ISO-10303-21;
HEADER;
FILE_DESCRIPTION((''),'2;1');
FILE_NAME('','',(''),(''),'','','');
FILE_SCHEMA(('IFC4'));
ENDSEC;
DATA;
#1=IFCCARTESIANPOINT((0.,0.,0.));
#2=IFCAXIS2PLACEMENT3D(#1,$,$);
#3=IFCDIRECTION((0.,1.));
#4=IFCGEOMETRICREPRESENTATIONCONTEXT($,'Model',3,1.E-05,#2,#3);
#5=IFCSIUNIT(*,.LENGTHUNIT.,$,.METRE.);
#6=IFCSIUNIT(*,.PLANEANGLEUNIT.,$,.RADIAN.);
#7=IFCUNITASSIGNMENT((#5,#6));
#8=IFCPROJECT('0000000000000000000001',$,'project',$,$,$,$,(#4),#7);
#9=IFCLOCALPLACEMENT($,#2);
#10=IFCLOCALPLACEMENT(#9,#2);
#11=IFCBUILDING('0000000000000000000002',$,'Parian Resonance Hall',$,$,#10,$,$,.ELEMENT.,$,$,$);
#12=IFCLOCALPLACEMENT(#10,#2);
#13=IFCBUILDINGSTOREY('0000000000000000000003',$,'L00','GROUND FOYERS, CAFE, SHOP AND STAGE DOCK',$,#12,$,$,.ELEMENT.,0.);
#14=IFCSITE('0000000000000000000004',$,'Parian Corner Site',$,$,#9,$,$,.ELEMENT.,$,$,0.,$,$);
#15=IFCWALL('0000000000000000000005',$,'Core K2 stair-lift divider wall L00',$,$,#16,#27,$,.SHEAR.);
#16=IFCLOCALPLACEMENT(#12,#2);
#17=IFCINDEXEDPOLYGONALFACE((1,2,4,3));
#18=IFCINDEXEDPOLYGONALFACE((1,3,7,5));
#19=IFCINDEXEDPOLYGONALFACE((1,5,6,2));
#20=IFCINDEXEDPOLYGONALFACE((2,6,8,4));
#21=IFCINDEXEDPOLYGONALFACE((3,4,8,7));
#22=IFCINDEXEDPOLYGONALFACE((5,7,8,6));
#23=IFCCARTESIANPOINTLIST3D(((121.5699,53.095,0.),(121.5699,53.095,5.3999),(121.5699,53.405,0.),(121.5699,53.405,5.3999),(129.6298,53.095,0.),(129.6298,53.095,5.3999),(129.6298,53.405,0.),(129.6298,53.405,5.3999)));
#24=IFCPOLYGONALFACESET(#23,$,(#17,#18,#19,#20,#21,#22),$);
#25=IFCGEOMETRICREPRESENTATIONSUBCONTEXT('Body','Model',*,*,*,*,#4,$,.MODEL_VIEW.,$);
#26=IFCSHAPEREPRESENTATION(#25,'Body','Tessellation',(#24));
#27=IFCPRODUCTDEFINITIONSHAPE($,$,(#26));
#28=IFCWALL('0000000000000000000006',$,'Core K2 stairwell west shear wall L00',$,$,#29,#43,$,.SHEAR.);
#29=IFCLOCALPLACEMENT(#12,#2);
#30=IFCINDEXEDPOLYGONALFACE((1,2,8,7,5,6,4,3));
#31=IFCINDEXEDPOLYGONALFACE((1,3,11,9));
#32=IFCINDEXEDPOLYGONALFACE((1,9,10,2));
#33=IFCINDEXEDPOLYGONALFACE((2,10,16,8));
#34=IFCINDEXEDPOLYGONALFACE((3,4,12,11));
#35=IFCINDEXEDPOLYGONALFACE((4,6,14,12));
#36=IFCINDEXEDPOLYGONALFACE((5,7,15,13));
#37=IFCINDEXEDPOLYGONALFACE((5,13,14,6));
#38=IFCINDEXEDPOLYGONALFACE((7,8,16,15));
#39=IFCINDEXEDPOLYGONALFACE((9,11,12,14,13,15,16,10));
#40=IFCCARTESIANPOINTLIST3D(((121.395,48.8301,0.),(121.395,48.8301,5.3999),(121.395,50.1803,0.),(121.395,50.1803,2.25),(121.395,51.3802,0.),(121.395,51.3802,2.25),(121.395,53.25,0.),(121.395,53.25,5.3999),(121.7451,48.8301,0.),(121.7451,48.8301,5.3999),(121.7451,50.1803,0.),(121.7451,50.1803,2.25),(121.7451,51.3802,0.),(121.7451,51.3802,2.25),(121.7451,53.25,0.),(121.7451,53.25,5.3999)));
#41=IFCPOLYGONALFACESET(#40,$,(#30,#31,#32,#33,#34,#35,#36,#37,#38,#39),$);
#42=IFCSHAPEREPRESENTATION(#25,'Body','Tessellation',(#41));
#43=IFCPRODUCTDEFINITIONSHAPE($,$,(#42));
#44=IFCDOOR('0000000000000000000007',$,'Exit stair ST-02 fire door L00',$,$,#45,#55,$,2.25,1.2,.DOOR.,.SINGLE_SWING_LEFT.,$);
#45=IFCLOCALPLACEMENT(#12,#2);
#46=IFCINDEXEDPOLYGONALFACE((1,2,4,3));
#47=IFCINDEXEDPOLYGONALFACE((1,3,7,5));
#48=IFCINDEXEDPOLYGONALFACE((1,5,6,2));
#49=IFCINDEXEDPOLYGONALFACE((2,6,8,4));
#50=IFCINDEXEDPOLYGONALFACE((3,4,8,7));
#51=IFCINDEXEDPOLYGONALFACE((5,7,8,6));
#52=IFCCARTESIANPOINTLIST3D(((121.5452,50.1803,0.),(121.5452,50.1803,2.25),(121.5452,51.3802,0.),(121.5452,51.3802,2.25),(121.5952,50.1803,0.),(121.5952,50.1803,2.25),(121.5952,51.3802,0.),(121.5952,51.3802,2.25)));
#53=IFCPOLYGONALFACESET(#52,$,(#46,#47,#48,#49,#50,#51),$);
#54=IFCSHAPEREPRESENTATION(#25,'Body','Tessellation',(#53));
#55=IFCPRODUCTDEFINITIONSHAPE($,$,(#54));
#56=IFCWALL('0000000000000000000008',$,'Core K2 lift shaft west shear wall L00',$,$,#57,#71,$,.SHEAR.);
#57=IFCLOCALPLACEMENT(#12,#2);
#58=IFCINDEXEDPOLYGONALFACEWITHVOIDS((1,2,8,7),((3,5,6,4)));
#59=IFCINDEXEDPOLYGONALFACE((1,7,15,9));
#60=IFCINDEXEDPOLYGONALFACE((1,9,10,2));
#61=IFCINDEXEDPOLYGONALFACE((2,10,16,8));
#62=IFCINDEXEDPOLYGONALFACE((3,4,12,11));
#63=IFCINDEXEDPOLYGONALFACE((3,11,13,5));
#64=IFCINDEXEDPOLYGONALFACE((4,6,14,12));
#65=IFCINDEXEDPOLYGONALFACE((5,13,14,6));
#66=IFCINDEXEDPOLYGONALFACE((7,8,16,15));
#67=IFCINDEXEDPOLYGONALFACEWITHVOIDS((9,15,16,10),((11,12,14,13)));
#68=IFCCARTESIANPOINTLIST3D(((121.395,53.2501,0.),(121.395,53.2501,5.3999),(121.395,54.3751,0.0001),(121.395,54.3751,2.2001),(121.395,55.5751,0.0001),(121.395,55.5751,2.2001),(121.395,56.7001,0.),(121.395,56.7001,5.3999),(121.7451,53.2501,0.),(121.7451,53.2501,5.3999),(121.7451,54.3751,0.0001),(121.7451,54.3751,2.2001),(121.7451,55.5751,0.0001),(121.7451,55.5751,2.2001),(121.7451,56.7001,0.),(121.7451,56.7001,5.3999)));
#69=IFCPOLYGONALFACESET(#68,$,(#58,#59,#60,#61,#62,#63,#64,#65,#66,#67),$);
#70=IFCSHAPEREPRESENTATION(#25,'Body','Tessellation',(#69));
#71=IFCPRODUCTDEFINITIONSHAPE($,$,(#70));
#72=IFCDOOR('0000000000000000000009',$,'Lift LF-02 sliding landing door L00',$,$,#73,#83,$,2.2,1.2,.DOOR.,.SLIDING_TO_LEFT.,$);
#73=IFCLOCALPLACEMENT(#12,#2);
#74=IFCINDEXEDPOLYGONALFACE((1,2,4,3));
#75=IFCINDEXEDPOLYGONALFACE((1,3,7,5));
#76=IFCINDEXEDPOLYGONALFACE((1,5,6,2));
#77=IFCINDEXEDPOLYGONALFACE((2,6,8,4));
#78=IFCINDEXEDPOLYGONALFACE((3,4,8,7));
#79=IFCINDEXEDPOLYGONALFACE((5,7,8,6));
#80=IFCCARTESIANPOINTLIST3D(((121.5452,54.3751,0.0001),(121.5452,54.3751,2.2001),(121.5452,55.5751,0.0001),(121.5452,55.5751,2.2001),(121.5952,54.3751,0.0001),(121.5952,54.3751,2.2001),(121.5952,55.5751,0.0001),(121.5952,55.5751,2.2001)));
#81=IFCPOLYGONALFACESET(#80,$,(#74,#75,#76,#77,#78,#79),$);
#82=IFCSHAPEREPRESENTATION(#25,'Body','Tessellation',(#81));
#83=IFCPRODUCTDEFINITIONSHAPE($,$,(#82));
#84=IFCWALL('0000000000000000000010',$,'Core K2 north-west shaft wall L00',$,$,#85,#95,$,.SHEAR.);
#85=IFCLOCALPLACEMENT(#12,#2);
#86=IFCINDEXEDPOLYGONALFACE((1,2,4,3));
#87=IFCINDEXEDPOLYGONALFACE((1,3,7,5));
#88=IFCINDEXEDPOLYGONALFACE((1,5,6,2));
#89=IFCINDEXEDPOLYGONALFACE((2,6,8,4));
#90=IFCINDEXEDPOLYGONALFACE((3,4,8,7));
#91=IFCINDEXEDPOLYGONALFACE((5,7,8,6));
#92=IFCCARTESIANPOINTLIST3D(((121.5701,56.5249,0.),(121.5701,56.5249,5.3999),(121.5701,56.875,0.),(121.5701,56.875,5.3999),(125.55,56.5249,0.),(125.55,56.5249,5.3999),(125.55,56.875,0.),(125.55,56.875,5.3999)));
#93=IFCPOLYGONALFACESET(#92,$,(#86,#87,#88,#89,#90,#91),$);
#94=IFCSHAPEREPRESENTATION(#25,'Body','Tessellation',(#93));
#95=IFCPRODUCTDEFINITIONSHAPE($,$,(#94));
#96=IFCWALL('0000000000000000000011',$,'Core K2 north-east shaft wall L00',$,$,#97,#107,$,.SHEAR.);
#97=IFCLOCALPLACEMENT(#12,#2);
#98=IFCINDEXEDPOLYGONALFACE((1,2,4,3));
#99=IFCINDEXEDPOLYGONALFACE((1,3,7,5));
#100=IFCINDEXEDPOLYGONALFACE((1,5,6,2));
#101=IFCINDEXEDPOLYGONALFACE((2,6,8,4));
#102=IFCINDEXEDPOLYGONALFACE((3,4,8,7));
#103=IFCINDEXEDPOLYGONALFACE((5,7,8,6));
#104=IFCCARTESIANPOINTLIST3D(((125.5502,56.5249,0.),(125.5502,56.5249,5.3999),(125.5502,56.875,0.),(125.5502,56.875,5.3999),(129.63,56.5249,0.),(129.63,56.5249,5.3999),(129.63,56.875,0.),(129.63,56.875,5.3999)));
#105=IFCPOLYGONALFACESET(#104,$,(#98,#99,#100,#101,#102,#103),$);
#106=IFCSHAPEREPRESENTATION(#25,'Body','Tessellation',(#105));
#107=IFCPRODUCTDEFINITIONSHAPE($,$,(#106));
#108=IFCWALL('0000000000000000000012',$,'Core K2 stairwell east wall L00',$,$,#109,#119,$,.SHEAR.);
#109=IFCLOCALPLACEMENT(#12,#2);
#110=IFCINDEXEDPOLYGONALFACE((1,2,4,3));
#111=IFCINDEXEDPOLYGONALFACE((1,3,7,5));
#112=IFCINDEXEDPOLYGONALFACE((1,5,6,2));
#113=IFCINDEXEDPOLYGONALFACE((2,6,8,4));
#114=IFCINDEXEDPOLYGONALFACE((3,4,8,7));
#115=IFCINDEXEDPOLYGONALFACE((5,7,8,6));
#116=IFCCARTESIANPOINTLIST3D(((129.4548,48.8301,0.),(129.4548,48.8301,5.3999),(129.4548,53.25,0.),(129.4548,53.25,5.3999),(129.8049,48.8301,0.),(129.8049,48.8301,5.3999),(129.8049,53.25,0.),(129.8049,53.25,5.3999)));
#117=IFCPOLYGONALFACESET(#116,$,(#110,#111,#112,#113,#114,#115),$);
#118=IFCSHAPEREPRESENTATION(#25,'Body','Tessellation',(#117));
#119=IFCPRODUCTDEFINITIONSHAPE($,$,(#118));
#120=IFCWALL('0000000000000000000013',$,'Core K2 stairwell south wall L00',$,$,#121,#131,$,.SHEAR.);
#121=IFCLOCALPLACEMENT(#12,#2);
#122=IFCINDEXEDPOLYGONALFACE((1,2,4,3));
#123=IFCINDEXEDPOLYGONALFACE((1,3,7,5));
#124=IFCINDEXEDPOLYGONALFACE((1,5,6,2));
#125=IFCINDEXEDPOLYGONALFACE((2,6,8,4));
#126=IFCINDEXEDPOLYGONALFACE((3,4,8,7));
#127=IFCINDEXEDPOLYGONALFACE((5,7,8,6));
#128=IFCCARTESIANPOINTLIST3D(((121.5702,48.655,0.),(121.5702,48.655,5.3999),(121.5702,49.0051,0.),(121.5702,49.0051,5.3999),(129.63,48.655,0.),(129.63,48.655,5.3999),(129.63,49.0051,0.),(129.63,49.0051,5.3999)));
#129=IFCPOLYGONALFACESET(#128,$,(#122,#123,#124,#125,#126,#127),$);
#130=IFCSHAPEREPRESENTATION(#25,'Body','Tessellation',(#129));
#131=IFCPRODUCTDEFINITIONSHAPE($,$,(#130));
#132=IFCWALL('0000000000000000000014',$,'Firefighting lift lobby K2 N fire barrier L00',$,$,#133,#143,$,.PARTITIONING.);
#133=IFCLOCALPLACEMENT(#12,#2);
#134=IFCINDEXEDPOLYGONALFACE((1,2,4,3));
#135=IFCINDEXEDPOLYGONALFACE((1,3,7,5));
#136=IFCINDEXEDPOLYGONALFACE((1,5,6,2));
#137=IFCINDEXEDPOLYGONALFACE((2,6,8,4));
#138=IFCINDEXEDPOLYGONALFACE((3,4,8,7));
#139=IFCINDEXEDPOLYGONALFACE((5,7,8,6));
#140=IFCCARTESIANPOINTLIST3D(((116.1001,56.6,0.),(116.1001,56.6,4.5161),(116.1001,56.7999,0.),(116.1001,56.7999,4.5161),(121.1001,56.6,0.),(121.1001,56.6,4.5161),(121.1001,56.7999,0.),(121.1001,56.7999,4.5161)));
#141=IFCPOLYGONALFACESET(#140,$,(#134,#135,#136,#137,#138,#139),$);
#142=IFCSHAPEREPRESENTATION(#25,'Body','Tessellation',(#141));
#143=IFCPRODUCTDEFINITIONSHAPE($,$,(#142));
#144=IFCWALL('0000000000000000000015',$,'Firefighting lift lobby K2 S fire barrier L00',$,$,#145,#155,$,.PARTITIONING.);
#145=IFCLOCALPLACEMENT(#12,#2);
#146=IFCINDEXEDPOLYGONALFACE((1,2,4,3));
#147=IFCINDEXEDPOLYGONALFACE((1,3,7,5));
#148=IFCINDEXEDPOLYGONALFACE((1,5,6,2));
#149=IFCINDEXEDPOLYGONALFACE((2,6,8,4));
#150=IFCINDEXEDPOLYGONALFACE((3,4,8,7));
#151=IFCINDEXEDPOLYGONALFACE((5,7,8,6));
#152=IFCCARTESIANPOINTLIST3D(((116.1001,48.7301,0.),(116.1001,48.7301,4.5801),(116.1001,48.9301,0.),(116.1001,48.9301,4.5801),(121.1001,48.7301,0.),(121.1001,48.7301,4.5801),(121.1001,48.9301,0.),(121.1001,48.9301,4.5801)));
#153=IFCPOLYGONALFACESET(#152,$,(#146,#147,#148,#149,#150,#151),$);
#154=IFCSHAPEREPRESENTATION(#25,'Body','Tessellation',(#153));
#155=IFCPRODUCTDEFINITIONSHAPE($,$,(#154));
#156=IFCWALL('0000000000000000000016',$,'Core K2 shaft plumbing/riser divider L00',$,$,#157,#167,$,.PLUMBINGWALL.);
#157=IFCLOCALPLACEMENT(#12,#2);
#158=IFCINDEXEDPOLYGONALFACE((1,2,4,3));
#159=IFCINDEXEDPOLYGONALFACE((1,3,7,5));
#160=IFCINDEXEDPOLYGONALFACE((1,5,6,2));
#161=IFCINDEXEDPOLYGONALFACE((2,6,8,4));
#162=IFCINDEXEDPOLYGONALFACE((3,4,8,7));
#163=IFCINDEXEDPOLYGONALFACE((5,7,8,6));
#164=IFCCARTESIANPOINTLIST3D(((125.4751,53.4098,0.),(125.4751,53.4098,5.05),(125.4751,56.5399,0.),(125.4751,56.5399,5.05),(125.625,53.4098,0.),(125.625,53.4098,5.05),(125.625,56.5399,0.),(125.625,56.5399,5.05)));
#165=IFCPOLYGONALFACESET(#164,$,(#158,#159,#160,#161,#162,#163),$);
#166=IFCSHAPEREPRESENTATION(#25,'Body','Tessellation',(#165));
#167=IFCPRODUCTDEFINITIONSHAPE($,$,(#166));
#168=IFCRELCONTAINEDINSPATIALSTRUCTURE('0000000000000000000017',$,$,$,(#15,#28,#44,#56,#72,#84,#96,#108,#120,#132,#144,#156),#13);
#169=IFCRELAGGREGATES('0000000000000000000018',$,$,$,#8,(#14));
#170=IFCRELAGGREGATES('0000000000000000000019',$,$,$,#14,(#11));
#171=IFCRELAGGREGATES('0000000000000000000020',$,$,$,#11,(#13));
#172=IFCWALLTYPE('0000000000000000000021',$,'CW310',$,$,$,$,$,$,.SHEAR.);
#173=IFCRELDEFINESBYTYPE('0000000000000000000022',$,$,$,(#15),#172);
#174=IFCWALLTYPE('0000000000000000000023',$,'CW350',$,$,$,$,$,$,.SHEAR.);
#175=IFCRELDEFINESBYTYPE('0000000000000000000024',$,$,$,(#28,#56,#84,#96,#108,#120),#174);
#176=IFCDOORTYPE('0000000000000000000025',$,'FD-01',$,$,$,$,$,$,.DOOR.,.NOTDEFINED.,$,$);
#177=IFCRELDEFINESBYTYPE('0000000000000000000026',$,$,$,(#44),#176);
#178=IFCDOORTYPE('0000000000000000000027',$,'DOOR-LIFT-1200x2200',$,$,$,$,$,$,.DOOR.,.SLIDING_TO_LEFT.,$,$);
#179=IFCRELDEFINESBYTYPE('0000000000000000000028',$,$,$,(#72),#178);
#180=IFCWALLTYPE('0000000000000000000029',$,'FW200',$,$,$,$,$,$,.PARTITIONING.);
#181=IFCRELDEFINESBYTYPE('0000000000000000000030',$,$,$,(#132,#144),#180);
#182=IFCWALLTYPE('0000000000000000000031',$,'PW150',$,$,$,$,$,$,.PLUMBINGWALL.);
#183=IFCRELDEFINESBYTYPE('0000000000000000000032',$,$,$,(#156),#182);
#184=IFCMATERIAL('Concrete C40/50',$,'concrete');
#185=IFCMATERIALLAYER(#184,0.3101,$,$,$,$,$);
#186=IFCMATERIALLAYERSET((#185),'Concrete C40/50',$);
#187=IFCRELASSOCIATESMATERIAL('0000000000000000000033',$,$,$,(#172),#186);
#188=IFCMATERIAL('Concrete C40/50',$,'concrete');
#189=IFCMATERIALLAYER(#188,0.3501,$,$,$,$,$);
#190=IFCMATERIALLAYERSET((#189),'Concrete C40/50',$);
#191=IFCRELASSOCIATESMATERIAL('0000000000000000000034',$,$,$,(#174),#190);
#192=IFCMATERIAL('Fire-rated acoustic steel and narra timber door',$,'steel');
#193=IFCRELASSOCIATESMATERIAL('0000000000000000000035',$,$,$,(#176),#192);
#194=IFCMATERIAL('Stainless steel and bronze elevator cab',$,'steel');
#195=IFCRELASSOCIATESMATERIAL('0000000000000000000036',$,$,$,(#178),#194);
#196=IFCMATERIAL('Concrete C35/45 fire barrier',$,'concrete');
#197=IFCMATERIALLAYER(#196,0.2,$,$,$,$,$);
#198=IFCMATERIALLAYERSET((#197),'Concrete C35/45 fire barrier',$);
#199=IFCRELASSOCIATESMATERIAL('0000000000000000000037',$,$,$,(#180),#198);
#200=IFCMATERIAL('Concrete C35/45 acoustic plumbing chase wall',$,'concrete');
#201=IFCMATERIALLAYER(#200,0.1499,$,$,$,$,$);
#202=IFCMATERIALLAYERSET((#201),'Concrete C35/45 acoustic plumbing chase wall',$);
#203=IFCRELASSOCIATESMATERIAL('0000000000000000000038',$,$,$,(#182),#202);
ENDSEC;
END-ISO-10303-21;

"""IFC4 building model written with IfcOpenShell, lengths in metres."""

from ifc_helpers import new_model, si_unit, direction, frame, frame_2d, origin, place, context, subcontext, project, spatial, rectangle, extrude, material, layer, layer_set, type_object, element, fill, save


model = new_model("IFC4")

# Units and contexts
model_context = context("Model", 3, precision=1e-05, world=origin(), true_north=direction((0.0, 1.0)))
body_context = subcontext(model_context, "Body", "Model", "MODEL_VIEW")
ifc_project = project(units=[si_unit("LENGTHUNIT", "METRE"), si_unit("PLANEANGLEUNIT", "RADIAN")], contexts=[model_context])

# Site, building, storey
site_placement = place(None, origin())
site = spatial("IfcSite", under=ifc_project, at=site_placement, Name="Parian Corner Site", CompositionType="ELEMENT", RefElevation=0.0)
building_placement = place(site_placement, origin())
building = spatial("IfcBuilding", under=site, at=building_placement, Name="Parian Resonance Hall", CompositionType="ELEMENT")
storey_placement = place(building_placement, origin())
storey = spatial("IfcBuildingStorey", under=building, at=storey_placement, Name="L00", Description="GROUND FOYERS, CAFE, SHOP AND STAGE DOCK", CompositionType="ELEMENT", Elevation=0.0)

# Wall
ifc_material_1 = material(Name="Concrete C40/50", Category="concrete")
ifc_layer_1 = layer(ifc_material_1, 0.3101)
ifc_layer_set_1 = layer_set([ifc_layer_1], Name="Concrete C40/50")
wall_type_1 = type_object("IfcWallType", Name="CW310", PredefinedType="SHEAR", material=ifc_layer_set_1)
wall_1_placement = place(storey_placement, frame((121.5701, 53.25, 0.0), z_axis=(0.0, 0.0, 1.0), x_axis=(1.0, 0.0, 0.0)))
element("IfcWall", 1, at=wall_1_placement, inside=storey, type_object=wall_type_1, Name="Core K2 stair-lift divider wall L00", PredefinedType="SHEAR", context=body_context, shape_type="SweptSolid", body=[
    extrude(rectangle(XDim=8.0598, YDim=0.3101, at=frame_2d((4.0298, 0.0))), origin(), (0.0, 0.0, 1.0), 5.3999),
])

# Walls, openings, doors
ifc_material_2 = material(Name="Concrete C40/50", Category="concrete")
ifc_layer_2 = layer(ifc_material_2, 0.3501)
ifc_layer_set_2 = layer_set([ifc_layer_2], Name="Concrete C40/50")
wall_type_2 = type_object("IfcWallType", Name="CW350", PredefinedType="SHEAR", material=ifc_layer_set_2)
wall_2_placement = place(storey_placement, frame((121.5701, 48.8301, 0.0), z_axis=(0.0, 0.0, 1.0), x_axis=(0.0, 1.0, 0.0)))
wall_2 = element("IfcWall", 2, at=wall_2_placement, inside=storey, type_object=wall_type_2, Name="Core K2 stairwell west shear wall L00", PredefinedType="SHEAR", context=body_context, shape_type="SweptSolid", body=[
    extrude(rectangle(XDim=4.4199, YDim=0.3501, at=frame_2d((2.21, 0.0))), origin(), (0.0, 0.0, 1.0), 5.3999),
])
opening_1_placement = place(wall_2_placement, frame((1.3501, 0.0, 0.0)))
opening_1 = element("IfcOpeningElement", 3, at=opening_1_placement, cuts=wall_2, PredefinedType="OPENING", context=body_context, shape_type="SweptSolid", body=[
    extrude(rectangle(XDim=1.2, YDim=2.25, at=frame_2d((0.6001, 1.125))), frame((0.0, 0.1851, 0.0), z_axis=(0.0, -1.0, 0.0), x_axis=(1.0, 0.0, 0.0)), (0.0, 0.0, 1.0), 0.3701),
])
ifc_material_3 = material(Name="Fire-rated acoustic steel and narra timber door", Category="steel")
door_type_1 = type_object("IfcDoorType", Name="FD-01", OperationType="NOTDEFINED", PredefinedType="DOOR", material=ifc_material_3)
door_1_placement = place(opening_1_placement, origin())
door_1 = element("IfcDoor", 4, at=door_1_placement, inside=storey, type_object=door_type_1, Name="Exit stair ST-02 fire door L00", OperationType="SINGLE_SWING_LEFT", OverallHeight=2.25, OverallWidth=1.2, PredefinedType="DOOR", context=body_context, shape_type="SweptSolid", body=[
    extrude(rectangle(XDim=1.2, YDim=2.25, at=frame_2d((0.6001, 1.125))), frame((0.0, 0.0249, 0.0), z_axis=(0.0, -1.0, 0.0), x_axis=(1.0, 0.0, 0.0)), (0.0, 0.0, 1.0), 0.05),
])
fill(opening_1, door_1)
wall_3_placement = place(storey_placement, frame((121.5701, 53.25, 0.0), z_axis=(0.0, 0.0, 1.0), x_axis=(0.0, 1.0, 0.0)))
wall_3 = element("IfcWall", 5, at=wall_3_placement, inside=storey, type_object=wall_type_2, Name="Core K2 lift shaft west shear wall L00", PredefinedType="SHEAR", context=body_context, shape_type="SweptSolid", body=[
    extrude(rectangle(XDim=3.45, YDim=0.3501, at=frame_2d((1.7251, 0.0))), origin(), (0.0, 0.0, 1.0), 5.3999),
])
opening_2_placement = place(wall_3_placement, frame((1.125, 0.0, 0.0)))
opening_2 = element("IfcOpeningElement", 6, at=opening_2_placement, cuts=wall_3, PredefinedType="OPENING", context=body_context, shape_type="SweptSolid", body=[
    extrude(rectangle(XDim=1.2, YDim=2.2, at=frame_2d((0.6001, 1.1001))), frame((0.0, 0.1851, 0.0), z_axis=(0.0, -1.0, 0.0), x_axis=(1.0, 0.0, 0.0)), (0.0, 0.0, 1.0), 0.3701),
])
ifc_material_4 = material(Name="Stainless steel and bronze elevator cab", Category="steel")
door_type_2 = type_object("IfcDoorType", Name="DOOR-LIFT-1200x2200", OperationType="SLIDING_TO_LEFT", PredefinedType="DOOR", material=ifc_material_4)
door_2_placement = place(opening_2_placement, origin())
door_2 = element("IfcDoor", 7, at=door_2_placement, inside=storey, type_object=door_type_2, Name="Lift LF-02 sliding landing door L00", OperationType="SLIDING_TO_LEFT", OverallHeight=2.2, OverallWidth=1.2, PredefinedType="DOOR", context=body_context, shape_type="SweptSolid", body=[
    extrude(rectangle(XDim=1.2, YDim=2.2, at=frame_2d((0.6001, 1.1001))), frame((0.0, 0.0249, 0.0), z_axis=(0.0, -1.0, 0.0), x_axis=(1.0, 0.0, 0.0)), (0.0, 0.0, 1.0), 0.05),
])
fill(opening_2, door_2)

# Walls
wall_4_placement = place(storey_placement, frame((121.5701, 56.7, 0.0), z_axis=(0.0, 0.0, 1.0), x_axis=(1.0, 0.0, 0.0)))
element("IfcWall", 8, at=wall_4_placement, inside=storey, type_object=wall_type_2, Name="Core K2 north-west shaft wall L00", PredefinedType="SHEAR", context=body_context, shape_type="SweptSolid", body=[
    extrude(rectangle(XDim=3.98, YDim=0.3501, at=frame_2d((1.99, 0.0))), origin(), (0.0, 0.0, 1.0), 5.3999),
])
wall_5_placement = place(storey_placement, frame((125.55, 56.7, 0.0), z_axis=(0.0, 0.0, 1.0), x_axis=(1.0, 0.0, 0.0)))
element("IfcWall", 9, at=wall_5_placement, inside=storey, type_object=wall_type_2, Name="Core K2 north-east shaft wall L00", PredefinedType="SHEAR", context=body_context, shape_type="SweptSolid", body=[
    extrude(rectangle(XDim=4.0798, YDim=0.3501, at=frame_2d((2.04, 0.0))), origin(), (0.0, 0.0, 1.0), 5.3999),
])
wall_6_placement = place(storey_placement, frame((129.6299, 53.25, 0.0), z_axis=(0.0, 0.0, 1.0), x_axis=(0.0, -1.0, 0.0)))
element("IfcWall", 10, at=wall_6_placement, inside=storey, type_object=wall_type_2, Name="Core K2 stairwell east wall L00", PredefinedType="SHEAR", context=body_context, shape_type="SweptSolid", body=[
    extrude(rectangle(XDim=4.4199, YDim=0.3501, at=frame_2d((2.21, 0.0))), origin(), (0.0, 0.0, 1.0), 5.3999),
])
wall_7_placement = place(storey_placement, frame((129.6299, 48.8301, 0.0), z_axis=(0.0, 0.0, 1.0), x_axis=(-1.0, 0.0, 0.0)))
element("IfcWall", 11, at=wall_7_placement, inside=storey, type_object=wall_type_2, Name="Core K2 stairwell south wall L00", PredefinedType="SHEAR", context=body_context, shape_type="SweptSolid", body=[
    extrude(rectangle(XDim=8.0598, YDim=0.3501, at=frame_2d((4.0298, 0.0))), origin(), (0.0, 0.0, 1.0), 5.3999),
])
ifc_material_5 = material(Name="Concrete C35/45 fire barrier", Category="concrete")
ifc_layer_3 = layer(ifc_material_5, 0.2)
ifc_layer_set_3 = layer_set([ifc_layer_3], Name="Concrete C35/45 fire barrier")
wall_type_3 = type_object("IfcWallType", Name="FW200", PredefinedType="PARTITIONING", material=ifc_layer_set_3)
wall_8_placement = place(storey_placement, frame((116.1001, 56.7, 0.0), z_axis=(0.0, 0.0, 1.0), x_axis=(1.0, 0.0, 0.0)))
element("IfcWall", 12, at=wall_8_placement, inside=storey, type_object=wall_type_3, Name="Firefighting lift lobby K2 N fire barrier L00", PredefinedType="PARTITIONING", context=body_context, shape_type="SweptSolid", body=[
    extrude(rectangle(XDim=5.0, YDim=0.2, at=frame_2d((2.5, 0.0))), origin(), (0.0, 0.0, 1.0), 4.5161),
])
wall_9_placement = place(storey_placement, frame((121.1001, 48.8301, 0.0), z_axis=(0.0, 0.0, 1.0), x_axis=(-1.0, 0.0, 0.0)))
element("IfcWall", 13, at=wall_9_placement, inside=storey, type_object=wall_type_3, Name="Firefighting lift lobby K2 S fire barrier L00", PredefinedType="PARTITIONING", context=body_context, shape_type="SweptSolid", body=[
    extrude(rectangle(XDim=5.0, YDim=0.2, at=frame_2d((2.5, 0.0))), origin(), (0.0, 0.0, 1.0), 4.5801),
])
ifc_material_6 = material(Name="Concrete C35/45 acoustic plumbing chase wall", Category="concrete")
ifc_layer_4 = layer(ifc_material_6, 0.1499)
ifc_layer_set_4 = layer_set([ifc_layer_4], Name="Concrete C35/45 acoustic plumbing chase wall")
wall_type_4 = type_object("IfcWallType", Name="PW150", PredefinedType="PLUMBINGWALL", material=ifc_layer_set_4)
wall_10_placement = place(storey_placement, frame((125.55, 53.4099, 0.0), z_axis=(0.0, 0.0, 1.0), x_axis=(0.0, 1.0, 0.0)))
element("IfcWall", 14, at=wall_10_placement, inside=storey, type_object=wall_type_4, Name="Core K2 shaft plumbing/riser divider L00", PredefinedType="PLUMBINGWALL", context=body_context, shape_type="SweptSolid", body=[
    extrude(rectangle(XDim=3.1301, YDim=0.1499, at=frame_2d((1.5649, 0.0))), origin(), (0.0, 0.0, 1.0), 5.05),
])

save(model, "model.ifc")
